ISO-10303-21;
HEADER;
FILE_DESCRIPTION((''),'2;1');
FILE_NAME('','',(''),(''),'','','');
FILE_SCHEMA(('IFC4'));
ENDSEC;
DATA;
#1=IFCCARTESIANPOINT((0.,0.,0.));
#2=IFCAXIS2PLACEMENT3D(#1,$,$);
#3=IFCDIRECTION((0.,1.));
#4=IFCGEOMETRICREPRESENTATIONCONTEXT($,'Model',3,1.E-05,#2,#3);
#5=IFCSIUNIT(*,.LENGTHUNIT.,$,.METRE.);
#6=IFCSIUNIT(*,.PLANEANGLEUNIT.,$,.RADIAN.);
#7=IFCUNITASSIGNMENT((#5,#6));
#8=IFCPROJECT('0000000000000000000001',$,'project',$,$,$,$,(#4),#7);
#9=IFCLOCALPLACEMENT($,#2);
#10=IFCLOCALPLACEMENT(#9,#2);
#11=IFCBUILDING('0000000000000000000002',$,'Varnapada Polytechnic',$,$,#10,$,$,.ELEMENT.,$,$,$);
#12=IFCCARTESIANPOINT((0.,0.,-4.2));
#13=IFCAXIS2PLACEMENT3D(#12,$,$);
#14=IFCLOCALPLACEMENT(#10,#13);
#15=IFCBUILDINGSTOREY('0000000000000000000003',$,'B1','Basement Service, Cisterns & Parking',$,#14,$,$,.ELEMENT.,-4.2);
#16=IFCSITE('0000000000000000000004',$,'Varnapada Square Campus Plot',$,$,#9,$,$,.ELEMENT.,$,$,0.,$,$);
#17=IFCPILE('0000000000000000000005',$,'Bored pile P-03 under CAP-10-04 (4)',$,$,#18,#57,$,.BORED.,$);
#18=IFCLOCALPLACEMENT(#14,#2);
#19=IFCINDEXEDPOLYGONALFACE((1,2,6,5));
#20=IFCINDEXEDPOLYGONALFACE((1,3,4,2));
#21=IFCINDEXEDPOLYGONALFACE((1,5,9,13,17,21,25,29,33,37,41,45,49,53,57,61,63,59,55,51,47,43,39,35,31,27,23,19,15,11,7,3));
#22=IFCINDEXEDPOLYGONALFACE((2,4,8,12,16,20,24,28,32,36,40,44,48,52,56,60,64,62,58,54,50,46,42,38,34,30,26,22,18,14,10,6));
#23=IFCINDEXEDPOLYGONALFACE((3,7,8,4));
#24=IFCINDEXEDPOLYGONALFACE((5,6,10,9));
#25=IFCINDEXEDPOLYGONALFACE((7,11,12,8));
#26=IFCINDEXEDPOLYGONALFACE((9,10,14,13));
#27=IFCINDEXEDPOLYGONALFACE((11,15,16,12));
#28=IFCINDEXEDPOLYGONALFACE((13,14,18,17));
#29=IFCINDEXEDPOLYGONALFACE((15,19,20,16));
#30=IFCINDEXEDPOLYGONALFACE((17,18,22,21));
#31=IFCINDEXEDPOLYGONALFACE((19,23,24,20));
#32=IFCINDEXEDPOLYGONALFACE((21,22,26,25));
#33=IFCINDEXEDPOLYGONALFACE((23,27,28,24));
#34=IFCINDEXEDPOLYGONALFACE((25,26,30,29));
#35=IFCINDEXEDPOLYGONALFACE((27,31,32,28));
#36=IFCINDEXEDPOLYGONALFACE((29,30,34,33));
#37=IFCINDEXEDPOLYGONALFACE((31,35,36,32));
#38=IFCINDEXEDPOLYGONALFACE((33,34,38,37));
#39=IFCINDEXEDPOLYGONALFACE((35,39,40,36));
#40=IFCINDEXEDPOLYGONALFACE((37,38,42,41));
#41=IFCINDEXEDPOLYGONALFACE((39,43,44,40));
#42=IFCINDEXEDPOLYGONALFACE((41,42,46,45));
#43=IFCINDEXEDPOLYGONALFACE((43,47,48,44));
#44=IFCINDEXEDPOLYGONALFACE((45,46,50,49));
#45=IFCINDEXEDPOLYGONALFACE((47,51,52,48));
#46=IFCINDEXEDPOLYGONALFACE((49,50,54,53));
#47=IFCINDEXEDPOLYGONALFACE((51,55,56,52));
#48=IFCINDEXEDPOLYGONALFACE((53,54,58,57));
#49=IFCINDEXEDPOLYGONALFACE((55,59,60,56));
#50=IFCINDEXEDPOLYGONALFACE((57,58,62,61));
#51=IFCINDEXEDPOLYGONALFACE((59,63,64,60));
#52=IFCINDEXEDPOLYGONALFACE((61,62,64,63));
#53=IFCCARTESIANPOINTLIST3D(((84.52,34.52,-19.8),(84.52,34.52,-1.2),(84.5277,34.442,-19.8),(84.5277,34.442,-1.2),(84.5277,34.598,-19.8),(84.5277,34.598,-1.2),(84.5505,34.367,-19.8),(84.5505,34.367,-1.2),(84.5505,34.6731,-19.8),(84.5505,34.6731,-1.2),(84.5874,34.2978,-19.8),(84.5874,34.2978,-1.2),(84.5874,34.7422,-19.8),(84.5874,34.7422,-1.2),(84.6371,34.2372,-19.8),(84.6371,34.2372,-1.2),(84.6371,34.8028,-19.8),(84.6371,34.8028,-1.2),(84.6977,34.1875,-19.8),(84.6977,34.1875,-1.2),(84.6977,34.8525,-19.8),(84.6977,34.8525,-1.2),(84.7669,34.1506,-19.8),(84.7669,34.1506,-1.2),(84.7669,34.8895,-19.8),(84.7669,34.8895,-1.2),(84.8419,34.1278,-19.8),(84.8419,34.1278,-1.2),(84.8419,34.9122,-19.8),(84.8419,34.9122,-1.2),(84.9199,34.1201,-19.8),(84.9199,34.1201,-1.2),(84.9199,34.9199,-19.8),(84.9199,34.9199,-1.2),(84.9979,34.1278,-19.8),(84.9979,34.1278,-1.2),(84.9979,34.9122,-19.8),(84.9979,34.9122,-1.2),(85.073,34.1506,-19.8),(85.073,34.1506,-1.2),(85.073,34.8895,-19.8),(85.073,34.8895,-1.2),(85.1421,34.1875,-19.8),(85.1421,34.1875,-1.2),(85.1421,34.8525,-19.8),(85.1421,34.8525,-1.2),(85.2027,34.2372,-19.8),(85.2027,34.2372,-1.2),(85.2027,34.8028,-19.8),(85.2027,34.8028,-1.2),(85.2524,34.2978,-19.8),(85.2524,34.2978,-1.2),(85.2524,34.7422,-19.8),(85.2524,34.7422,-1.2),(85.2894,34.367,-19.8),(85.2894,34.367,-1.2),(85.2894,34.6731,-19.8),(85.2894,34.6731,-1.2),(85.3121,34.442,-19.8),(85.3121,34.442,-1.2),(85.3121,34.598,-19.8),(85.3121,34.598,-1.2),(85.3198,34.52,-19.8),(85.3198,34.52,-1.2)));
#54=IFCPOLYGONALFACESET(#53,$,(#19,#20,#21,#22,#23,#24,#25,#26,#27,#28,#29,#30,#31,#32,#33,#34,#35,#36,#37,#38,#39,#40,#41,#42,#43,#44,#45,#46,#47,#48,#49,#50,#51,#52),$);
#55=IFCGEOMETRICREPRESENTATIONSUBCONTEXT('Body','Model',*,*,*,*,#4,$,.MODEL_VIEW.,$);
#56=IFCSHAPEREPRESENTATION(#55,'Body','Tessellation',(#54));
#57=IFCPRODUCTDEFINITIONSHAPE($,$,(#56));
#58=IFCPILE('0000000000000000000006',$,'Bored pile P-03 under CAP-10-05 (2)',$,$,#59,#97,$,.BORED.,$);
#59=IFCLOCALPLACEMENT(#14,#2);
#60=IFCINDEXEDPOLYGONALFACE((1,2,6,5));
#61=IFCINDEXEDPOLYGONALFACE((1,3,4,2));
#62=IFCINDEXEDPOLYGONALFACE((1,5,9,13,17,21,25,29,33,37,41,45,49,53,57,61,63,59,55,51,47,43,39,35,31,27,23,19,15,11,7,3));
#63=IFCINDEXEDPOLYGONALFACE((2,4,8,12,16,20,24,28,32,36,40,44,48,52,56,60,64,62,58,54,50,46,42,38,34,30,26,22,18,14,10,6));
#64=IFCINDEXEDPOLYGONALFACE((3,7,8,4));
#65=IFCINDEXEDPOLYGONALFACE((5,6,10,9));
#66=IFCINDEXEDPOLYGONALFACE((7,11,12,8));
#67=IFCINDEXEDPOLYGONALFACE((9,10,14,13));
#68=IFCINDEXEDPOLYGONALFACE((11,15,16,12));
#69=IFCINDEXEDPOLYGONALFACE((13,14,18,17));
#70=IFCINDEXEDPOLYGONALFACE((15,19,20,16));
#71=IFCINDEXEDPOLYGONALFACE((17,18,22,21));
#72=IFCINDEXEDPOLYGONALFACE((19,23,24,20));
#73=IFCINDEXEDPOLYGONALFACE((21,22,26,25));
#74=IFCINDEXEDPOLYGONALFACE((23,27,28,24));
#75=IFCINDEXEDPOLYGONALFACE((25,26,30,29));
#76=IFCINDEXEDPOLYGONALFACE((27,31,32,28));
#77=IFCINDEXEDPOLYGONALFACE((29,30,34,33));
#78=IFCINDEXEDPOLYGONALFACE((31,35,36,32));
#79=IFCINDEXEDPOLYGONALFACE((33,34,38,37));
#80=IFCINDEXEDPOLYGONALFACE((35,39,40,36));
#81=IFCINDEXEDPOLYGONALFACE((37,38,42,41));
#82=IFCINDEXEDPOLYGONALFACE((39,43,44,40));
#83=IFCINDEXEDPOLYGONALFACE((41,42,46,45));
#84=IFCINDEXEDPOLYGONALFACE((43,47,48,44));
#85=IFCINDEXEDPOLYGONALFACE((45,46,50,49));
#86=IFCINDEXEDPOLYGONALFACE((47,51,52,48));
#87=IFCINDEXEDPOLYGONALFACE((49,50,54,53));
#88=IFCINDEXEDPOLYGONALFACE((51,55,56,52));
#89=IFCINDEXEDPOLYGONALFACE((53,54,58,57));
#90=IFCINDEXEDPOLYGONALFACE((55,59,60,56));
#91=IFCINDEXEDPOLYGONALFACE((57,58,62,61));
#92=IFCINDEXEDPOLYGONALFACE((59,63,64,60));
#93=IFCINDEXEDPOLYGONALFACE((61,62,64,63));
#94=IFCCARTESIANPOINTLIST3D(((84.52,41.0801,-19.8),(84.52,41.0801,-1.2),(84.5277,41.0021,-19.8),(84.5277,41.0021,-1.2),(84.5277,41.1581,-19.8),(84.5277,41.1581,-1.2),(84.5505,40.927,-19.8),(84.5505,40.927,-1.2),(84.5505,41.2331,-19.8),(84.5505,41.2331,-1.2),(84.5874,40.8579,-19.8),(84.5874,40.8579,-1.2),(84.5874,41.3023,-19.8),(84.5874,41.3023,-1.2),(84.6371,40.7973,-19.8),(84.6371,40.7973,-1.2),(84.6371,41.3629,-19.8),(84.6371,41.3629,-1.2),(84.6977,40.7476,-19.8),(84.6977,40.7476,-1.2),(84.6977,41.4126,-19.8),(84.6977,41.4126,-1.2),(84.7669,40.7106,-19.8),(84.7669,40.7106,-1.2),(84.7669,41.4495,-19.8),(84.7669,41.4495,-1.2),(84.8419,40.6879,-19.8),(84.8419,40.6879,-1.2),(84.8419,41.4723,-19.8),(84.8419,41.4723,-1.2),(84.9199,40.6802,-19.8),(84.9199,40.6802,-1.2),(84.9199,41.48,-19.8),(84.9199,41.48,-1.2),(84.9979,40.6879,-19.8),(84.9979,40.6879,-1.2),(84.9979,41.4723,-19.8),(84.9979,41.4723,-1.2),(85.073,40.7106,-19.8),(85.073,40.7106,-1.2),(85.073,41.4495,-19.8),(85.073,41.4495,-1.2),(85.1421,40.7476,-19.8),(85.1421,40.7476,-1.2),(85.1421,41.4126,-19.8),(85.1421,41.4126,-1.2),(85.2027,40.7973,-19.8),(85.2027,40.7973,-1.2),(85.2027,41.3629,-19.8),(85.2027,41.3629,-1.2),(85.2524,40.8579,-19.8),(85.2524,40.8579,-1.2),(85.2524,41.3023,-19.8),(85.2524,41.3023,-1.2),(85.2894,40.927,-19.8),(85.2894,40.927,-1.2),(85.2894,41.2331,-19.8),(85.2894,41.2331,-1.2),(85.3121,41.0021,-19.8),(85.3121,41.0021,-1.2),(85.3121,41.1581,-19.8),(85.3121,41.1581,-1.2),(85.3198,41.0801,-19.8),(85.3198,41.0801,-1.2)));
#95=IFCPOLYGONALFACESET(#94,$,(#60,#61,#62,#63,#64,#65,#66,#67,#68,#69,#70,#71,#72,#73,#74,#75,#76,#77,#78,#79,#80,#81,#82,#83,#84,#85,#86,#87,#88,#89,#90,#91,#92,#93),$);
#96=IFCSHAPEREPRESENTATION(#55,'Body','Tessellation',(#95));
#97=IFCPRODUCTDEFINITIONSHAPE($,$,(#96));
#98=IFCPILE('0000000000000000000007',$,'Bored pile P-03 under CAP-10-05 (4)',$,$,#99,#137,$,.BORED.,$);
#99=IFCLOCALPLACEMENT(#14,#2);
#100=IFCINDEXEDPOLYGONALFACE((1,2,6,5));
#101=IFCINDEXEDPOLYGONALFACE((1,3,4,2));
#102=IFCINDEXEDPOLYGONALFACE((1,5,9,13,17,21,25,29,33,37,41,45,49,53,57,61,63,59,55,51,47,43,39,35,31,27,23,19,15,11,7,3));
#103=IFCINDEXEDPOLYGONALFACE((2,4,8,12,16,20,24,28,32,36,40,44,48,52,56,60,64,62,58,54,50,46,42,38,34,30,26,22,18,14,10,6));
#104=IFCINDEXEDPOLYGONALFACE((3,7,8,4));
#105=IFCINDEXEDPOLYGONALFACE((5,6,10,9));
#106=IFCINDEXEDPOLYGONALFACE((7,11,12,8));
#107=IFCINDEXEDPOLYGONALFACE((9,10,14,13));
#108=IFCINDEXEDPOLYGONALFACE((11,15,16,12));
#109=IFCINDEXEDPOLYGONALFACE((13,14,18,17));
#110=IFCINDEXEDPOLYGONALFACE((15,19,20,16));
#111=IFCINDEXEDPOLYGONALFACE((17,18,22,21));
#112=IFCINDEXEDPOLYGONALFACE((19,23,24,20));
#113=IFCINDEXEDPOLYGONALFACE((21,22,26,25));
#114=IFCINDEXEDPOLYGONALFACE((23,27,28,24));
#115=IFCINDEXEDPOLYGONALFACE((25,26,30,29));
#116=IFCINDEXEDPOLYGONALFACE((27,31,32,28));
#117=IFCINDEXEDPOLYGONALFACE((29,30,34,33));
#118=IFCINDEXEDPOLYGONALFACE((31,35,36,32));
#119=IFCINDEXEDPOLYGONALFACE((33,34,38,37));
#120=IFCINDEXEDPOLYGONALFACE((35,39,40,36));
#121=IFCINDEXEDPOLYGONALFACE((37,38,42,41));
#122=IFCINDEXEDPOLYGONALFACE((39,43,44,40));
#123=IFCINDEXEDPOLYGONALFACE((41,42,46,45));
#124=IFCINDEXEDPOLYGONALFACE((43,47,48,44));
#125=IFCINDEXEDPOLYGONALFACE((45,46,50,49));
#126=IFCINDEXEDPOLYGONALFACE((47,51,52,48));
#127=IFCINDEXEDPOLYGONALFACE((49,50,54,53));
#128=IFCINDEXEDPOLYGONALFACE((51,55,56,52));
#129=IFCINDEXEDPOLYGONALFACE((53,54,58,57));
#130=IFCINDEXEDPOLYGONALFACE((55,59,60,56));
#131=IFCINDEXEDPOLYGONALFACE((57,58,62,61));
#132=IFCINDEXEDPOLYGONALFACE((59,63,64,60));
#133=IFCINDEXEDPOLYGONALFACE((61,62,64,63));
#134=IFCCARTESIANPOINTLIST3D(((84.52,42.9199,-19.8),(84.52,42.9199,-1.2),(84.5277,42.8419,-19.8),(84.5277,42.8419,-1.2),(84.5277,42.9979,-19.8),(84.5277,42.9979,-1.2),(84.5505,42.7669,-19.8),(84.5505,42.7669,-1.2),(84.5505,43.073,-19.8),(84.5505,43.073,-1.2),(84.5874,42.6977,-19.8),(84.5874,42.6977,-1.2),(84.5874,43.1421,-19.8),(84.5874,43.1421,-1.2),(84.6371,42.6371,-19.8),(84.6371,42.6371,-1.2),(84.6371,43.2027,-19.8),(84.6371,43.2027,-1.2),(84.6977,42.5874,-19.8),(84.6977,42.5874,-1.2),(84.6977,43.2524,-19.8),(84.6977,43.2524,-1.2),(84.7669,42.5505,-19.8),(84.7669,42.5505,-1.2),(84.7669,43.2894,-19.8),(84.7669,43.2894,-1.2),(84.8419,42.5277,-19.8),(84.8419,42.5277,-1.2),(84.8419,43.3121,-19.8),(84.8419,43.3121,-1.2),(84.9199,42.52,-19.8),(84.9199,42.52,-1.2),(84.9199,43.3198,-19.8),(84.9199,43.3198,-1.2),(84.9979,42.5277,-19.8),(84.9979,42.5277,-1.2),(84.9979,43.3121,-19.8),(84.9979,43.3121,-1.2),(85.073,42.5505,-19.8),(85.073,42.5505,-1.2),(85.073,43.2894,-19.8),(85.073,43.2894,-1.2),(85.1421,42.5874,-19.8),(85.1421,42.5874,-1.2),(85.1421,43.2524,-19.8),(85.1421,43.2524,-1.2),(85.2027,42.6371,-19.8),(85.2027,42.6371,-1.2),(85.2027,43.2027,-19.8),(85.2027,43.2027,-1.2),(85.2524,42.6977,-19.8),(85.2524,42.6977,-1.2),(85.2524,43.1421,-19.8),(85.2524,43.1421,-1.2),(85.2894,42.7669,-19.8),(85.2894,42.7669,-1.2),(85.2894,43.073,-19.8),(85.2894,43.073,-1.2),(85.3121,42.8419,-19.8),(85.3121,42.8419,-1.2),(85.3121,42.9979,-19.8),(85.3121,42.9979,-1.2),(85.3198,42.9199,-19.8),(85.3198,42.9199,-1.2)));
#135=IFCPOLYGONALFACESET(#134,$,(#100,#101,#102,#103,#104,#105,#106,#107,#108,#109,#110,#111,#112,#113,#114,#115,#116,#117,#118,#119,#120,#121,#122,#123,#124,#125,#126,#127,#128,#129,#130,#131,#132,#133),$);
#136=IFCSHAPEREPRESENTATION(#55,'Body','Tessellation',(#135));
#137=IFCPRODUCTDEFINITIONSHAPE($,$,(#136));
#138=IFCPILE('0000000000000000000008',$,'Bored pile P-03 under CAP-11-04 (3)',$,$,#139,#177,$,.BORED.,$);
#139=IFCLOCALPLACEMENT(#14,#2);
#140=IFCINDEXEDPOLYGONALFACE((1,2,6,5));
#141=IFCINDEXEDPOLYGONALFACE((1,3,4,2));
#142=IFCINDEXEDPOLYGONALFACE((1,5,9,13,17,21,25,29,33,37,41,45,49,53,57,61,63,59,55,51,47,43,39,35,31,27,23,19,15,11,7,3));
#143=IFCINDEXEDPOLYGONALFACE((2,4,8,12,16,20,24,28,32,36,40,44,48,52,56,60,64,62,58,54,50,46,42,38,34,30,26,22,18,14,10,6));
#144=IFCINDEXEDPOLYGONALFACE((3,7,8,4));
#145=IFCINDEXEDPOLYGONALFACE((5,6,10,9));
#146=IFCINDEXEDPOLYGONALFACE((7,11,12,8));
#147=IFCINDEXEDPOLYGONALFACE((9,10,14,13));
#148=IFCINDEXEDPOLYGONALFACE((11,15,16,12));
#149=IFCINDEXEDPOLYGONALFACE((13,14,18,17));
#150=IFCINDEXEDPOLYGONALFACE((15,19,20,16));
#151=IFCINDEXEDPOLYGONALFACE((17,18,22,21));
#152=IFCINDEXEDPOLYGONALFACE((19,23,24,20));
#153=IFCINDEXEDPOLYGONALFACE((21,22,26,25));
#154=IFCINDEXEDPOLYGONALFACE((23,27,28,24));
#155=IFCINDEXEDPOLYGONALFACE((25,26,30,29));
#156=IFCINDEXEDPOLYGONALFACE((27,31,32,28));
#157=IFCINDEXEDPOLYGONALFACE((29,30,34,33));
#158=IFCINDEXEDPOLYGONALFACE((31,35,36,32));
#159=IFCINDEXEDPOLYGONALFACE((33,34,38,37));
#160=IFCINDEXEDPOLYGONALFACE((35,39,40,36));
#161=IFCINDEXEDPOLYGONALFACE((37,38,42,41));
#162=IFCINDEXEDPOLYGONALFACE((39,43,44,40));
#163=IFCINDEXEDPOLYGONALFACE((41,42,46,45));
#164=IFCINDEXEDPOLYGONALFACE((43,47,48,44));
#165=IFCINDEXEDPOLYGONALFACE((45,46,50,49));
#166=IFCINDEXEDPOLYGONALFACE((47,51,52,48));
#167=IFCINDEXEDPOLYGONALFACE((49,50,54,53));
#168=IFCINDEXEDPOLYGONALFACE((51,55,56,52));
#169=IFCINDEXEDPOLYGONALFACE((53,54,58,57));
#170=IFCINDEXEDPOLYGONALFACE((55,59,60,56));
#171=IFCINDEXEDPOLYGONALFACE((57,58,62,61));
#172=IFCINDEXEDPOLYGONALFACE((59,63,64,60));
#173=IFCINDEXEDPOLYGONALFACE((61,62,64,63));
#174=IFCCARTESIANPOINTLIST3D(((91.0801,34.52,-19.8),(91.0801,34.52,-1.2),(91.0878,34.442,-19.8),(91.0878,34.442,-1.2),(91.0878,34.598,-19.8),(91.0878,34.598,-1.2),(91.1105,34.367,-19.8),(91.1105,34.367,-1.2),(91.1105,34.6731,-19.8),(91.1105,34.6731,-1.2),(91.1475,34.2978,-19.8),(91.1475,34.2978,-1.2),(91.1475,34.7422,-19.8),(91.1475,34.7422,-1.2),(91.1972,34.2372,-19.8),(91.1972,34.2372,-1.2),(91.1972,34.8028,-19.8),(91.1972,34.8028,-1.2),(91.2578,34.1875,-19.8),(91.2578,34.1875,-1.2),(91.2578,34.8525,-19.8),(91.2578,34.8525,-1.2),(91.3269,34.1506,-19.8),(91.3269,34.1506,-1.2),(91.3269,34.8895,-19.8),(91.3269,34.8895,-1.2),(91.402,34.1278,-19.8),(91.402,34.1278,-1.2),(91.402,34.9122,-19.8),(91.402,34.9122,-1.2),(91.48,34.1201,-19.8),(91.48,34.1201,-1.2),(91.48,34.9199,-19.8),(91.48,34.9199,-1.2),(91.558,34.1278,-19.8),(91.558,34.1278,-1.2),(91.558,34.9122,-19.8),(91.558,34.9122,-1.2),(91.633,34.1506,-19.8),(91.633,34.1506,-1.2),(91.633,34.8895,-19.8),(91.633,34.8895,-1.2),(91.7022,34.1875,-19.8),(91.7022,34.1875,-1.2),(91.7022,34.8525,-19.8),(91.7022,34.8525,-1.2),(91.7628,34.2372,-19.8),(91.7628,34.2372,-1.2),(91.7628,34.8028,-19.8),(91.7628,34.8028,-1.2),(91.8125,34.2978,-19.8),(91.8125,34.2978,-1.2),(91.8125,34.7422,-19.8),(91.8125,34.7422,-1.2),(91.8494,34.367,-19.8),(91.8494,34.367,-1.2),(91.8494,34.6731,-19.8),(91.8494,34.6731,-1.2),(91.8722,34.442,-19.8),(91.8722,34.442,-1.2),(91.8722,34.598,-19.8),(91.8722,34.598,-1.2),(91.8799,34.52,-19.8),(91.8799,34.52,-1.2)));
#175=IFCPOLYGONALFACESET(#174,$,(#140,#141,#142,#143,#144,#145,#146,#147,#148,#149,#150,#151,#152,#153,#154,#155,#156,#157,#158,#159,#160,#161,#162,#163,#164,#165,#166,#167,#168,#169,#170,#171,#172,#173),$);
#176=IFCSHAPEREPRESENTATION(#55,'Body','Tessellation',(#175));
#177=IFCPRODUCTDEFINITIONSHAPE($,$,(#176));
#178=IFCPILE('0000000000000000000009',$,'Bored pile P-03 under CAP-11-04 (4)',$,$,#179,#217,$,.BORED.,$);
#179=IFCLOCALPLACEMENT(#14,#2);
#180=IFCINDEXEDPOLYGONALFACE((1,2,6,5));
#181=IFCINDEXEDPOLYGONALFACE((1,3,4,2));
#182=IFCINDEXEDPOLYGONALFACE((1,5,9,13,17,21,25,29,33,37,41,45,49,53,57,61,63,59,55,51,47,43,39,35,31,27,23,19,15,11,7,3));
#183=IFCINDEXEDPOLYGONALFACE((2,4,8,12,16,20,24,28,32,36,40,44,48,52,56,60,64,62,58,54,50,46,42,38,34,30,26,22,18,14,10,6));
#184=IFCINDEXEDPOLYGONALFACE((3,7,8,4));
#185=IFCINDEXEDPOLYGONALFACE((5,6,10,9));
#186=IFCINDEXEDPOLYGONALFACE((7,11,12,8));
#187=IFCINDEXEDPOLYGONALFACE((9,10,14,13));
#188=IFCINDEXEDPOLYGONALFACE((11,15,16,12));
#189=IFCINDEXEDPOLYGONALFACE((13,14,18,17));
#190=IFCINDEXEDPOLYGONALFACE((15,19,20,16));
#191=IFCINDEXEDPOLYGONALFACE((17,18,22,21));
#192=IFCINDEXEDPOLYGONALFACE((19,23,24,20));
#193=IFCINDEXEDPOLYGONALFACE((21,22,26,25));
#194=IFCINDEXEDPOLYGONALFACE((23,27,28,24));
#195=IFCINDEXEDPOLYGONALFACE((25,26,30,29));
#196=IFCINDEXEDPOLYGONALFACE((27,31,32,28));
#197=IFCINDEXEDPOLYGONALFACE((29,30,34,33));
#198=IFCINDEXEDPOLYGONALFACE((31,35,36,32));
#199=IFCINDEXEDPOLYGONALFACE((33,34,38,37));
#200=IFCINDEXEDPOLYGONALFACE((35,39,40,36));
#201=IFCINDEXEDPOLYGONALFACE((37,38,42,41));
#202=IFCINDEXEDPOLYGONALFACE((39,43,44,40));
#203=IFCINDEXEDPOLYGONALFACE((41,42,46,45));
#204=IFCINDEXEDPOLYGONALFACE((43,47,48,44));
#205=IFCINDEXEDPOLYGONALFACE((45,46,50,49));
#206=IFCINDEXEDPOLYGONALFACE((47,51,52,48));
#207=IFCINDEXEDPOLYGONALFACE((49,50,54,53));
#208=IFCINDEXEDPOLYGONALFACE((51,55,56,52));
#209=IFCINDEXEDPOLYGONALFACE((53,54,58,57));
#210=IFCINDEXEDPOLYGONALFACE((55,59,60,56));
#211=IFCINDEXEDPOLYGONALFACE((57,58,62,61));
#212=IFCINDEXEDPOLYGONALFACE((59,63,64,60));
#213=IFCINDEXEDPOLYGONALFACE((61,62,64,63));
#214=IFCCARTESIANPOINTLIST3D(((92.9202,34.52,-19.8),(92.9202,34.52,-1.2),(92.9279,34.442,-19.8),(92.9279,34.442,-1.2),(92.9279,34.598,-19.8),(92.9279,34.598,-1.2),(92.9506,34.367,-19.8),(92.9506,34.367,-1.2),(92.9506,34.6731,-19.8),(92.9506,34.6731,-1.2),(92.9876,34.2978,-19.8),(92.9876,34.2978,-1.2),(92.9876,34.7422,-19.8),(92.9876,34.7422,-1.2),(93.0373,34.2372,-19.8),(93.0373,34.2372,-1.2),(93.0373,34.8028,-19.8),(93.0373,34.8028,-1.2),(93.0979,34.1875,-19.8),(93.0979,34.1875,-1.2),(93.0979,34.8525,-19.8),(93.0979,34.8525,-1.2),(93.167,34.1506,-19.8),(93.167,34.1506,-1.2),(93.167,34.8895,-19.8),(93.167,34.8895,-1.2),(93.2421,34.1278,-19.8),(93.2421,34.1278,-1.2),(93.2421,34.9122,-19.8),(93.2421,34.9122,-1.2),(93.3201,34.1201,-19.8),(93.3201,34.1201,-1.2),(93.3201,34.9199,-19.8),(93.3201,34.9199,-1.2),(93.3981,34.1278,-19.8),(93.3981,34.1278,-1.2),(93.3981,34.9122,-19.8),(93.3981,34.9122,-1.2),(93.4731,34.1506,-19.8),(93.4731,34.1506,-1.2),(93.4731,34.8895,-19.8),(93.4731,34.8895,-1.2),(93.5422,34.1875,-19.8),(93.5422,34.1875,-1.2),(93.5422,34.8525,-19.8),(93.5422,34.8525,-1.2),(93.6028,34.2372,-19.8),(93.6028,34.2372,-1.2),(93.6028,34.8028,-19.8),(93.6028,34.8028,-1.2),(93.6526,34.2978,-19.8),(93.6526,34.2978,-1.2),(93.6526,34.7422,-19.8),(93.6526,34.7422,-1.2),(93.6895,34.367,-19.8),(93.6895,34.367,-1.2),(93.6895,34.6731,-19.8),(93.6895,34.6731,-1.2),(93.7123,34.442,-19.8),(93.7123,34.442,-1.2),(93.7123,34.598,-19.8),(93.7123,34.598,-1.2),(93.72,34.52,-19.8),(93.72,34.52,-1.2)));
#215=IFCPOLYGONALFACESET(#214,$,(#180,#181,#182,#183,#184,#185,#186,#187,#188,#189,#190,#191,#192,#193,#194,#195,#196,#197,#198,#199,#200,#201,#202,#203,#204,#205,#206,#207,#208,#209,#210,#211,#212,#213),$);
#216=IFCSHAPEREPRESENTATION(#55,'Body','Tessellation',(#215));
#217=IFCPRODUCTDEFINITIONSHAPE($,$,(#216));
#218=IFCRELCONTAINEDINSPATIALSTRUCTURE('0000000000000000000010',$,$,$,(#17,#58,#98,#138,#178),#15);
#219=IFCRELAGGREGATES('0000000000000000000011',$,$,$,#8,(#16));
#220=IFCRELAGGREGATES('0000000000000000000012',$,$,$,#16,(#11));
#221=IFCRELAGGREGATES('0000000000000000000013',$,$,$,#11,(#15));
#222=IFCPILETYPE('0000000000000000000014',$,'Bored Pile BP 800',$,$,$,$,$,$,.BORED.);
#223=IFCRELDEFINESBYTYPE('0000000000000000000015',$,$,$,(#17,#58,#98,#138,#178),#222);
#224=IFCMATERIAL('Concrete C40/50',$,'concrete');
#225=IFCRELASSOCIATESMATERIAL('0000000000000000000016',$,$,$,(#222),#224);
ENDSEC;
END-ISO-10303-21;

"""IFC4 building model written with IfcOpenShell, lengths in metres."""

from ifc_helpers import new_model, si_unit, direction, frame, origin, origin_2d, place, context, subcontext, project, spatial, circle, extrude, material, material_profile, profile_set, type_object, element, save


model = new_model("IFC4")

# Units and contexts
model_context = context("Model", 3, precision=1e-05, world=origin(), true_north=direction((0.0, 1.0)))
body_context = subcontext(model_context, "Body", "Model", "MODEL_VIEW")
ifc_project = project(units=[si_unit("LENGTHUNIT", "METRE"), si_unit("PLANEANGLEUNIT", "RADIAN")], contexts=[model_context])

# Site, building, storey
site_placement = place(None, origin())
site = spatial("IfcSite", under=ifc_project, at=site_placement, Name="Varnapada Square Campus Plot", CompositionType="ELEMENT", RefElevation=0.0)
building_placement = place(site_placement, origin())
building = spatial("IfcBuilding", under=site, at=building_placement, Name="Varnapada Polytechnic", CompositionType="ELEMENT")
storey_placement = place(building_placement, frame((0.0, 0.0, -4.2)))
storey = spatial("IfcBuildingStorey", under=building, at=storey_placement, Name="B1", Description="Basement Service, Cisterns & Parking", CompositionType="ELEMENT", Elevation=-4.2)

# Piles
ifc_material_1 = material(Name="Concrete C40/50", Category="concrete")
ifc_material_profile_1 = material_profile(ifc_material_1, circle(Radius=0.3999, at=origin_2d()), Name="BP 800")
ifc_profile_set_1 = profile_set([ifc_material_profile_1], Name="Concrete C40/50")
pile_type = type_object("IfcPileType", Name="Bored Pile BP 800", PredefinedType="BORED", material=ifc_profile_set_1)
for number, where, z_axis, x_axis, name in (
    (1, (84.9199, 34.52, -1.2), (0.0, 0.0, -1.0), (1.0, 0.0, 0.0), "Bored pile P-03 under CAP-10-04 (4)"),
    (2, (84.9199, 41.0801, -1.2), (0.0, 0.0, -1.0), (1.0, 0.0, 0.0), "Bored pile P-03 under CAP-10-05 (2)"),
    (3, (84.9199, 42.9199, -1.2), (0.0, 0.0, -1.0), (1.0, 0.0, 0.0), "Bored pile P-03 under CAP-10-05 (4)"),
    (4, (91.48, 34.52, -1.2), (0.0, 0.0, -1.0), (1.0, 0.0, 0.0), "Bored pile P-03 under CAP-11-04 (3)"),
    (5, (93.3201, 34.52, -1.2), (0.0, 0.0, -1.0), (1.0, 0.0, 0.0), "Bored pile P-03 under CAP-11-04 (4)"),
):
    element("IfcPile", number, at=place(storey_placement, frame(where, z_axis=z_axis, x_axis=x_axis)), inside=storey, type_object=pile_type, Name=name, PredefinedType="BORED", context=body_context, shape_type="SweptSolid", body=[
        extrude(circle(Radius=0.3999, at=origin_2d()), origin(), (0.0, 0.0, 1.0), 18.6001),
    ])

save(model, "model.ifc")
